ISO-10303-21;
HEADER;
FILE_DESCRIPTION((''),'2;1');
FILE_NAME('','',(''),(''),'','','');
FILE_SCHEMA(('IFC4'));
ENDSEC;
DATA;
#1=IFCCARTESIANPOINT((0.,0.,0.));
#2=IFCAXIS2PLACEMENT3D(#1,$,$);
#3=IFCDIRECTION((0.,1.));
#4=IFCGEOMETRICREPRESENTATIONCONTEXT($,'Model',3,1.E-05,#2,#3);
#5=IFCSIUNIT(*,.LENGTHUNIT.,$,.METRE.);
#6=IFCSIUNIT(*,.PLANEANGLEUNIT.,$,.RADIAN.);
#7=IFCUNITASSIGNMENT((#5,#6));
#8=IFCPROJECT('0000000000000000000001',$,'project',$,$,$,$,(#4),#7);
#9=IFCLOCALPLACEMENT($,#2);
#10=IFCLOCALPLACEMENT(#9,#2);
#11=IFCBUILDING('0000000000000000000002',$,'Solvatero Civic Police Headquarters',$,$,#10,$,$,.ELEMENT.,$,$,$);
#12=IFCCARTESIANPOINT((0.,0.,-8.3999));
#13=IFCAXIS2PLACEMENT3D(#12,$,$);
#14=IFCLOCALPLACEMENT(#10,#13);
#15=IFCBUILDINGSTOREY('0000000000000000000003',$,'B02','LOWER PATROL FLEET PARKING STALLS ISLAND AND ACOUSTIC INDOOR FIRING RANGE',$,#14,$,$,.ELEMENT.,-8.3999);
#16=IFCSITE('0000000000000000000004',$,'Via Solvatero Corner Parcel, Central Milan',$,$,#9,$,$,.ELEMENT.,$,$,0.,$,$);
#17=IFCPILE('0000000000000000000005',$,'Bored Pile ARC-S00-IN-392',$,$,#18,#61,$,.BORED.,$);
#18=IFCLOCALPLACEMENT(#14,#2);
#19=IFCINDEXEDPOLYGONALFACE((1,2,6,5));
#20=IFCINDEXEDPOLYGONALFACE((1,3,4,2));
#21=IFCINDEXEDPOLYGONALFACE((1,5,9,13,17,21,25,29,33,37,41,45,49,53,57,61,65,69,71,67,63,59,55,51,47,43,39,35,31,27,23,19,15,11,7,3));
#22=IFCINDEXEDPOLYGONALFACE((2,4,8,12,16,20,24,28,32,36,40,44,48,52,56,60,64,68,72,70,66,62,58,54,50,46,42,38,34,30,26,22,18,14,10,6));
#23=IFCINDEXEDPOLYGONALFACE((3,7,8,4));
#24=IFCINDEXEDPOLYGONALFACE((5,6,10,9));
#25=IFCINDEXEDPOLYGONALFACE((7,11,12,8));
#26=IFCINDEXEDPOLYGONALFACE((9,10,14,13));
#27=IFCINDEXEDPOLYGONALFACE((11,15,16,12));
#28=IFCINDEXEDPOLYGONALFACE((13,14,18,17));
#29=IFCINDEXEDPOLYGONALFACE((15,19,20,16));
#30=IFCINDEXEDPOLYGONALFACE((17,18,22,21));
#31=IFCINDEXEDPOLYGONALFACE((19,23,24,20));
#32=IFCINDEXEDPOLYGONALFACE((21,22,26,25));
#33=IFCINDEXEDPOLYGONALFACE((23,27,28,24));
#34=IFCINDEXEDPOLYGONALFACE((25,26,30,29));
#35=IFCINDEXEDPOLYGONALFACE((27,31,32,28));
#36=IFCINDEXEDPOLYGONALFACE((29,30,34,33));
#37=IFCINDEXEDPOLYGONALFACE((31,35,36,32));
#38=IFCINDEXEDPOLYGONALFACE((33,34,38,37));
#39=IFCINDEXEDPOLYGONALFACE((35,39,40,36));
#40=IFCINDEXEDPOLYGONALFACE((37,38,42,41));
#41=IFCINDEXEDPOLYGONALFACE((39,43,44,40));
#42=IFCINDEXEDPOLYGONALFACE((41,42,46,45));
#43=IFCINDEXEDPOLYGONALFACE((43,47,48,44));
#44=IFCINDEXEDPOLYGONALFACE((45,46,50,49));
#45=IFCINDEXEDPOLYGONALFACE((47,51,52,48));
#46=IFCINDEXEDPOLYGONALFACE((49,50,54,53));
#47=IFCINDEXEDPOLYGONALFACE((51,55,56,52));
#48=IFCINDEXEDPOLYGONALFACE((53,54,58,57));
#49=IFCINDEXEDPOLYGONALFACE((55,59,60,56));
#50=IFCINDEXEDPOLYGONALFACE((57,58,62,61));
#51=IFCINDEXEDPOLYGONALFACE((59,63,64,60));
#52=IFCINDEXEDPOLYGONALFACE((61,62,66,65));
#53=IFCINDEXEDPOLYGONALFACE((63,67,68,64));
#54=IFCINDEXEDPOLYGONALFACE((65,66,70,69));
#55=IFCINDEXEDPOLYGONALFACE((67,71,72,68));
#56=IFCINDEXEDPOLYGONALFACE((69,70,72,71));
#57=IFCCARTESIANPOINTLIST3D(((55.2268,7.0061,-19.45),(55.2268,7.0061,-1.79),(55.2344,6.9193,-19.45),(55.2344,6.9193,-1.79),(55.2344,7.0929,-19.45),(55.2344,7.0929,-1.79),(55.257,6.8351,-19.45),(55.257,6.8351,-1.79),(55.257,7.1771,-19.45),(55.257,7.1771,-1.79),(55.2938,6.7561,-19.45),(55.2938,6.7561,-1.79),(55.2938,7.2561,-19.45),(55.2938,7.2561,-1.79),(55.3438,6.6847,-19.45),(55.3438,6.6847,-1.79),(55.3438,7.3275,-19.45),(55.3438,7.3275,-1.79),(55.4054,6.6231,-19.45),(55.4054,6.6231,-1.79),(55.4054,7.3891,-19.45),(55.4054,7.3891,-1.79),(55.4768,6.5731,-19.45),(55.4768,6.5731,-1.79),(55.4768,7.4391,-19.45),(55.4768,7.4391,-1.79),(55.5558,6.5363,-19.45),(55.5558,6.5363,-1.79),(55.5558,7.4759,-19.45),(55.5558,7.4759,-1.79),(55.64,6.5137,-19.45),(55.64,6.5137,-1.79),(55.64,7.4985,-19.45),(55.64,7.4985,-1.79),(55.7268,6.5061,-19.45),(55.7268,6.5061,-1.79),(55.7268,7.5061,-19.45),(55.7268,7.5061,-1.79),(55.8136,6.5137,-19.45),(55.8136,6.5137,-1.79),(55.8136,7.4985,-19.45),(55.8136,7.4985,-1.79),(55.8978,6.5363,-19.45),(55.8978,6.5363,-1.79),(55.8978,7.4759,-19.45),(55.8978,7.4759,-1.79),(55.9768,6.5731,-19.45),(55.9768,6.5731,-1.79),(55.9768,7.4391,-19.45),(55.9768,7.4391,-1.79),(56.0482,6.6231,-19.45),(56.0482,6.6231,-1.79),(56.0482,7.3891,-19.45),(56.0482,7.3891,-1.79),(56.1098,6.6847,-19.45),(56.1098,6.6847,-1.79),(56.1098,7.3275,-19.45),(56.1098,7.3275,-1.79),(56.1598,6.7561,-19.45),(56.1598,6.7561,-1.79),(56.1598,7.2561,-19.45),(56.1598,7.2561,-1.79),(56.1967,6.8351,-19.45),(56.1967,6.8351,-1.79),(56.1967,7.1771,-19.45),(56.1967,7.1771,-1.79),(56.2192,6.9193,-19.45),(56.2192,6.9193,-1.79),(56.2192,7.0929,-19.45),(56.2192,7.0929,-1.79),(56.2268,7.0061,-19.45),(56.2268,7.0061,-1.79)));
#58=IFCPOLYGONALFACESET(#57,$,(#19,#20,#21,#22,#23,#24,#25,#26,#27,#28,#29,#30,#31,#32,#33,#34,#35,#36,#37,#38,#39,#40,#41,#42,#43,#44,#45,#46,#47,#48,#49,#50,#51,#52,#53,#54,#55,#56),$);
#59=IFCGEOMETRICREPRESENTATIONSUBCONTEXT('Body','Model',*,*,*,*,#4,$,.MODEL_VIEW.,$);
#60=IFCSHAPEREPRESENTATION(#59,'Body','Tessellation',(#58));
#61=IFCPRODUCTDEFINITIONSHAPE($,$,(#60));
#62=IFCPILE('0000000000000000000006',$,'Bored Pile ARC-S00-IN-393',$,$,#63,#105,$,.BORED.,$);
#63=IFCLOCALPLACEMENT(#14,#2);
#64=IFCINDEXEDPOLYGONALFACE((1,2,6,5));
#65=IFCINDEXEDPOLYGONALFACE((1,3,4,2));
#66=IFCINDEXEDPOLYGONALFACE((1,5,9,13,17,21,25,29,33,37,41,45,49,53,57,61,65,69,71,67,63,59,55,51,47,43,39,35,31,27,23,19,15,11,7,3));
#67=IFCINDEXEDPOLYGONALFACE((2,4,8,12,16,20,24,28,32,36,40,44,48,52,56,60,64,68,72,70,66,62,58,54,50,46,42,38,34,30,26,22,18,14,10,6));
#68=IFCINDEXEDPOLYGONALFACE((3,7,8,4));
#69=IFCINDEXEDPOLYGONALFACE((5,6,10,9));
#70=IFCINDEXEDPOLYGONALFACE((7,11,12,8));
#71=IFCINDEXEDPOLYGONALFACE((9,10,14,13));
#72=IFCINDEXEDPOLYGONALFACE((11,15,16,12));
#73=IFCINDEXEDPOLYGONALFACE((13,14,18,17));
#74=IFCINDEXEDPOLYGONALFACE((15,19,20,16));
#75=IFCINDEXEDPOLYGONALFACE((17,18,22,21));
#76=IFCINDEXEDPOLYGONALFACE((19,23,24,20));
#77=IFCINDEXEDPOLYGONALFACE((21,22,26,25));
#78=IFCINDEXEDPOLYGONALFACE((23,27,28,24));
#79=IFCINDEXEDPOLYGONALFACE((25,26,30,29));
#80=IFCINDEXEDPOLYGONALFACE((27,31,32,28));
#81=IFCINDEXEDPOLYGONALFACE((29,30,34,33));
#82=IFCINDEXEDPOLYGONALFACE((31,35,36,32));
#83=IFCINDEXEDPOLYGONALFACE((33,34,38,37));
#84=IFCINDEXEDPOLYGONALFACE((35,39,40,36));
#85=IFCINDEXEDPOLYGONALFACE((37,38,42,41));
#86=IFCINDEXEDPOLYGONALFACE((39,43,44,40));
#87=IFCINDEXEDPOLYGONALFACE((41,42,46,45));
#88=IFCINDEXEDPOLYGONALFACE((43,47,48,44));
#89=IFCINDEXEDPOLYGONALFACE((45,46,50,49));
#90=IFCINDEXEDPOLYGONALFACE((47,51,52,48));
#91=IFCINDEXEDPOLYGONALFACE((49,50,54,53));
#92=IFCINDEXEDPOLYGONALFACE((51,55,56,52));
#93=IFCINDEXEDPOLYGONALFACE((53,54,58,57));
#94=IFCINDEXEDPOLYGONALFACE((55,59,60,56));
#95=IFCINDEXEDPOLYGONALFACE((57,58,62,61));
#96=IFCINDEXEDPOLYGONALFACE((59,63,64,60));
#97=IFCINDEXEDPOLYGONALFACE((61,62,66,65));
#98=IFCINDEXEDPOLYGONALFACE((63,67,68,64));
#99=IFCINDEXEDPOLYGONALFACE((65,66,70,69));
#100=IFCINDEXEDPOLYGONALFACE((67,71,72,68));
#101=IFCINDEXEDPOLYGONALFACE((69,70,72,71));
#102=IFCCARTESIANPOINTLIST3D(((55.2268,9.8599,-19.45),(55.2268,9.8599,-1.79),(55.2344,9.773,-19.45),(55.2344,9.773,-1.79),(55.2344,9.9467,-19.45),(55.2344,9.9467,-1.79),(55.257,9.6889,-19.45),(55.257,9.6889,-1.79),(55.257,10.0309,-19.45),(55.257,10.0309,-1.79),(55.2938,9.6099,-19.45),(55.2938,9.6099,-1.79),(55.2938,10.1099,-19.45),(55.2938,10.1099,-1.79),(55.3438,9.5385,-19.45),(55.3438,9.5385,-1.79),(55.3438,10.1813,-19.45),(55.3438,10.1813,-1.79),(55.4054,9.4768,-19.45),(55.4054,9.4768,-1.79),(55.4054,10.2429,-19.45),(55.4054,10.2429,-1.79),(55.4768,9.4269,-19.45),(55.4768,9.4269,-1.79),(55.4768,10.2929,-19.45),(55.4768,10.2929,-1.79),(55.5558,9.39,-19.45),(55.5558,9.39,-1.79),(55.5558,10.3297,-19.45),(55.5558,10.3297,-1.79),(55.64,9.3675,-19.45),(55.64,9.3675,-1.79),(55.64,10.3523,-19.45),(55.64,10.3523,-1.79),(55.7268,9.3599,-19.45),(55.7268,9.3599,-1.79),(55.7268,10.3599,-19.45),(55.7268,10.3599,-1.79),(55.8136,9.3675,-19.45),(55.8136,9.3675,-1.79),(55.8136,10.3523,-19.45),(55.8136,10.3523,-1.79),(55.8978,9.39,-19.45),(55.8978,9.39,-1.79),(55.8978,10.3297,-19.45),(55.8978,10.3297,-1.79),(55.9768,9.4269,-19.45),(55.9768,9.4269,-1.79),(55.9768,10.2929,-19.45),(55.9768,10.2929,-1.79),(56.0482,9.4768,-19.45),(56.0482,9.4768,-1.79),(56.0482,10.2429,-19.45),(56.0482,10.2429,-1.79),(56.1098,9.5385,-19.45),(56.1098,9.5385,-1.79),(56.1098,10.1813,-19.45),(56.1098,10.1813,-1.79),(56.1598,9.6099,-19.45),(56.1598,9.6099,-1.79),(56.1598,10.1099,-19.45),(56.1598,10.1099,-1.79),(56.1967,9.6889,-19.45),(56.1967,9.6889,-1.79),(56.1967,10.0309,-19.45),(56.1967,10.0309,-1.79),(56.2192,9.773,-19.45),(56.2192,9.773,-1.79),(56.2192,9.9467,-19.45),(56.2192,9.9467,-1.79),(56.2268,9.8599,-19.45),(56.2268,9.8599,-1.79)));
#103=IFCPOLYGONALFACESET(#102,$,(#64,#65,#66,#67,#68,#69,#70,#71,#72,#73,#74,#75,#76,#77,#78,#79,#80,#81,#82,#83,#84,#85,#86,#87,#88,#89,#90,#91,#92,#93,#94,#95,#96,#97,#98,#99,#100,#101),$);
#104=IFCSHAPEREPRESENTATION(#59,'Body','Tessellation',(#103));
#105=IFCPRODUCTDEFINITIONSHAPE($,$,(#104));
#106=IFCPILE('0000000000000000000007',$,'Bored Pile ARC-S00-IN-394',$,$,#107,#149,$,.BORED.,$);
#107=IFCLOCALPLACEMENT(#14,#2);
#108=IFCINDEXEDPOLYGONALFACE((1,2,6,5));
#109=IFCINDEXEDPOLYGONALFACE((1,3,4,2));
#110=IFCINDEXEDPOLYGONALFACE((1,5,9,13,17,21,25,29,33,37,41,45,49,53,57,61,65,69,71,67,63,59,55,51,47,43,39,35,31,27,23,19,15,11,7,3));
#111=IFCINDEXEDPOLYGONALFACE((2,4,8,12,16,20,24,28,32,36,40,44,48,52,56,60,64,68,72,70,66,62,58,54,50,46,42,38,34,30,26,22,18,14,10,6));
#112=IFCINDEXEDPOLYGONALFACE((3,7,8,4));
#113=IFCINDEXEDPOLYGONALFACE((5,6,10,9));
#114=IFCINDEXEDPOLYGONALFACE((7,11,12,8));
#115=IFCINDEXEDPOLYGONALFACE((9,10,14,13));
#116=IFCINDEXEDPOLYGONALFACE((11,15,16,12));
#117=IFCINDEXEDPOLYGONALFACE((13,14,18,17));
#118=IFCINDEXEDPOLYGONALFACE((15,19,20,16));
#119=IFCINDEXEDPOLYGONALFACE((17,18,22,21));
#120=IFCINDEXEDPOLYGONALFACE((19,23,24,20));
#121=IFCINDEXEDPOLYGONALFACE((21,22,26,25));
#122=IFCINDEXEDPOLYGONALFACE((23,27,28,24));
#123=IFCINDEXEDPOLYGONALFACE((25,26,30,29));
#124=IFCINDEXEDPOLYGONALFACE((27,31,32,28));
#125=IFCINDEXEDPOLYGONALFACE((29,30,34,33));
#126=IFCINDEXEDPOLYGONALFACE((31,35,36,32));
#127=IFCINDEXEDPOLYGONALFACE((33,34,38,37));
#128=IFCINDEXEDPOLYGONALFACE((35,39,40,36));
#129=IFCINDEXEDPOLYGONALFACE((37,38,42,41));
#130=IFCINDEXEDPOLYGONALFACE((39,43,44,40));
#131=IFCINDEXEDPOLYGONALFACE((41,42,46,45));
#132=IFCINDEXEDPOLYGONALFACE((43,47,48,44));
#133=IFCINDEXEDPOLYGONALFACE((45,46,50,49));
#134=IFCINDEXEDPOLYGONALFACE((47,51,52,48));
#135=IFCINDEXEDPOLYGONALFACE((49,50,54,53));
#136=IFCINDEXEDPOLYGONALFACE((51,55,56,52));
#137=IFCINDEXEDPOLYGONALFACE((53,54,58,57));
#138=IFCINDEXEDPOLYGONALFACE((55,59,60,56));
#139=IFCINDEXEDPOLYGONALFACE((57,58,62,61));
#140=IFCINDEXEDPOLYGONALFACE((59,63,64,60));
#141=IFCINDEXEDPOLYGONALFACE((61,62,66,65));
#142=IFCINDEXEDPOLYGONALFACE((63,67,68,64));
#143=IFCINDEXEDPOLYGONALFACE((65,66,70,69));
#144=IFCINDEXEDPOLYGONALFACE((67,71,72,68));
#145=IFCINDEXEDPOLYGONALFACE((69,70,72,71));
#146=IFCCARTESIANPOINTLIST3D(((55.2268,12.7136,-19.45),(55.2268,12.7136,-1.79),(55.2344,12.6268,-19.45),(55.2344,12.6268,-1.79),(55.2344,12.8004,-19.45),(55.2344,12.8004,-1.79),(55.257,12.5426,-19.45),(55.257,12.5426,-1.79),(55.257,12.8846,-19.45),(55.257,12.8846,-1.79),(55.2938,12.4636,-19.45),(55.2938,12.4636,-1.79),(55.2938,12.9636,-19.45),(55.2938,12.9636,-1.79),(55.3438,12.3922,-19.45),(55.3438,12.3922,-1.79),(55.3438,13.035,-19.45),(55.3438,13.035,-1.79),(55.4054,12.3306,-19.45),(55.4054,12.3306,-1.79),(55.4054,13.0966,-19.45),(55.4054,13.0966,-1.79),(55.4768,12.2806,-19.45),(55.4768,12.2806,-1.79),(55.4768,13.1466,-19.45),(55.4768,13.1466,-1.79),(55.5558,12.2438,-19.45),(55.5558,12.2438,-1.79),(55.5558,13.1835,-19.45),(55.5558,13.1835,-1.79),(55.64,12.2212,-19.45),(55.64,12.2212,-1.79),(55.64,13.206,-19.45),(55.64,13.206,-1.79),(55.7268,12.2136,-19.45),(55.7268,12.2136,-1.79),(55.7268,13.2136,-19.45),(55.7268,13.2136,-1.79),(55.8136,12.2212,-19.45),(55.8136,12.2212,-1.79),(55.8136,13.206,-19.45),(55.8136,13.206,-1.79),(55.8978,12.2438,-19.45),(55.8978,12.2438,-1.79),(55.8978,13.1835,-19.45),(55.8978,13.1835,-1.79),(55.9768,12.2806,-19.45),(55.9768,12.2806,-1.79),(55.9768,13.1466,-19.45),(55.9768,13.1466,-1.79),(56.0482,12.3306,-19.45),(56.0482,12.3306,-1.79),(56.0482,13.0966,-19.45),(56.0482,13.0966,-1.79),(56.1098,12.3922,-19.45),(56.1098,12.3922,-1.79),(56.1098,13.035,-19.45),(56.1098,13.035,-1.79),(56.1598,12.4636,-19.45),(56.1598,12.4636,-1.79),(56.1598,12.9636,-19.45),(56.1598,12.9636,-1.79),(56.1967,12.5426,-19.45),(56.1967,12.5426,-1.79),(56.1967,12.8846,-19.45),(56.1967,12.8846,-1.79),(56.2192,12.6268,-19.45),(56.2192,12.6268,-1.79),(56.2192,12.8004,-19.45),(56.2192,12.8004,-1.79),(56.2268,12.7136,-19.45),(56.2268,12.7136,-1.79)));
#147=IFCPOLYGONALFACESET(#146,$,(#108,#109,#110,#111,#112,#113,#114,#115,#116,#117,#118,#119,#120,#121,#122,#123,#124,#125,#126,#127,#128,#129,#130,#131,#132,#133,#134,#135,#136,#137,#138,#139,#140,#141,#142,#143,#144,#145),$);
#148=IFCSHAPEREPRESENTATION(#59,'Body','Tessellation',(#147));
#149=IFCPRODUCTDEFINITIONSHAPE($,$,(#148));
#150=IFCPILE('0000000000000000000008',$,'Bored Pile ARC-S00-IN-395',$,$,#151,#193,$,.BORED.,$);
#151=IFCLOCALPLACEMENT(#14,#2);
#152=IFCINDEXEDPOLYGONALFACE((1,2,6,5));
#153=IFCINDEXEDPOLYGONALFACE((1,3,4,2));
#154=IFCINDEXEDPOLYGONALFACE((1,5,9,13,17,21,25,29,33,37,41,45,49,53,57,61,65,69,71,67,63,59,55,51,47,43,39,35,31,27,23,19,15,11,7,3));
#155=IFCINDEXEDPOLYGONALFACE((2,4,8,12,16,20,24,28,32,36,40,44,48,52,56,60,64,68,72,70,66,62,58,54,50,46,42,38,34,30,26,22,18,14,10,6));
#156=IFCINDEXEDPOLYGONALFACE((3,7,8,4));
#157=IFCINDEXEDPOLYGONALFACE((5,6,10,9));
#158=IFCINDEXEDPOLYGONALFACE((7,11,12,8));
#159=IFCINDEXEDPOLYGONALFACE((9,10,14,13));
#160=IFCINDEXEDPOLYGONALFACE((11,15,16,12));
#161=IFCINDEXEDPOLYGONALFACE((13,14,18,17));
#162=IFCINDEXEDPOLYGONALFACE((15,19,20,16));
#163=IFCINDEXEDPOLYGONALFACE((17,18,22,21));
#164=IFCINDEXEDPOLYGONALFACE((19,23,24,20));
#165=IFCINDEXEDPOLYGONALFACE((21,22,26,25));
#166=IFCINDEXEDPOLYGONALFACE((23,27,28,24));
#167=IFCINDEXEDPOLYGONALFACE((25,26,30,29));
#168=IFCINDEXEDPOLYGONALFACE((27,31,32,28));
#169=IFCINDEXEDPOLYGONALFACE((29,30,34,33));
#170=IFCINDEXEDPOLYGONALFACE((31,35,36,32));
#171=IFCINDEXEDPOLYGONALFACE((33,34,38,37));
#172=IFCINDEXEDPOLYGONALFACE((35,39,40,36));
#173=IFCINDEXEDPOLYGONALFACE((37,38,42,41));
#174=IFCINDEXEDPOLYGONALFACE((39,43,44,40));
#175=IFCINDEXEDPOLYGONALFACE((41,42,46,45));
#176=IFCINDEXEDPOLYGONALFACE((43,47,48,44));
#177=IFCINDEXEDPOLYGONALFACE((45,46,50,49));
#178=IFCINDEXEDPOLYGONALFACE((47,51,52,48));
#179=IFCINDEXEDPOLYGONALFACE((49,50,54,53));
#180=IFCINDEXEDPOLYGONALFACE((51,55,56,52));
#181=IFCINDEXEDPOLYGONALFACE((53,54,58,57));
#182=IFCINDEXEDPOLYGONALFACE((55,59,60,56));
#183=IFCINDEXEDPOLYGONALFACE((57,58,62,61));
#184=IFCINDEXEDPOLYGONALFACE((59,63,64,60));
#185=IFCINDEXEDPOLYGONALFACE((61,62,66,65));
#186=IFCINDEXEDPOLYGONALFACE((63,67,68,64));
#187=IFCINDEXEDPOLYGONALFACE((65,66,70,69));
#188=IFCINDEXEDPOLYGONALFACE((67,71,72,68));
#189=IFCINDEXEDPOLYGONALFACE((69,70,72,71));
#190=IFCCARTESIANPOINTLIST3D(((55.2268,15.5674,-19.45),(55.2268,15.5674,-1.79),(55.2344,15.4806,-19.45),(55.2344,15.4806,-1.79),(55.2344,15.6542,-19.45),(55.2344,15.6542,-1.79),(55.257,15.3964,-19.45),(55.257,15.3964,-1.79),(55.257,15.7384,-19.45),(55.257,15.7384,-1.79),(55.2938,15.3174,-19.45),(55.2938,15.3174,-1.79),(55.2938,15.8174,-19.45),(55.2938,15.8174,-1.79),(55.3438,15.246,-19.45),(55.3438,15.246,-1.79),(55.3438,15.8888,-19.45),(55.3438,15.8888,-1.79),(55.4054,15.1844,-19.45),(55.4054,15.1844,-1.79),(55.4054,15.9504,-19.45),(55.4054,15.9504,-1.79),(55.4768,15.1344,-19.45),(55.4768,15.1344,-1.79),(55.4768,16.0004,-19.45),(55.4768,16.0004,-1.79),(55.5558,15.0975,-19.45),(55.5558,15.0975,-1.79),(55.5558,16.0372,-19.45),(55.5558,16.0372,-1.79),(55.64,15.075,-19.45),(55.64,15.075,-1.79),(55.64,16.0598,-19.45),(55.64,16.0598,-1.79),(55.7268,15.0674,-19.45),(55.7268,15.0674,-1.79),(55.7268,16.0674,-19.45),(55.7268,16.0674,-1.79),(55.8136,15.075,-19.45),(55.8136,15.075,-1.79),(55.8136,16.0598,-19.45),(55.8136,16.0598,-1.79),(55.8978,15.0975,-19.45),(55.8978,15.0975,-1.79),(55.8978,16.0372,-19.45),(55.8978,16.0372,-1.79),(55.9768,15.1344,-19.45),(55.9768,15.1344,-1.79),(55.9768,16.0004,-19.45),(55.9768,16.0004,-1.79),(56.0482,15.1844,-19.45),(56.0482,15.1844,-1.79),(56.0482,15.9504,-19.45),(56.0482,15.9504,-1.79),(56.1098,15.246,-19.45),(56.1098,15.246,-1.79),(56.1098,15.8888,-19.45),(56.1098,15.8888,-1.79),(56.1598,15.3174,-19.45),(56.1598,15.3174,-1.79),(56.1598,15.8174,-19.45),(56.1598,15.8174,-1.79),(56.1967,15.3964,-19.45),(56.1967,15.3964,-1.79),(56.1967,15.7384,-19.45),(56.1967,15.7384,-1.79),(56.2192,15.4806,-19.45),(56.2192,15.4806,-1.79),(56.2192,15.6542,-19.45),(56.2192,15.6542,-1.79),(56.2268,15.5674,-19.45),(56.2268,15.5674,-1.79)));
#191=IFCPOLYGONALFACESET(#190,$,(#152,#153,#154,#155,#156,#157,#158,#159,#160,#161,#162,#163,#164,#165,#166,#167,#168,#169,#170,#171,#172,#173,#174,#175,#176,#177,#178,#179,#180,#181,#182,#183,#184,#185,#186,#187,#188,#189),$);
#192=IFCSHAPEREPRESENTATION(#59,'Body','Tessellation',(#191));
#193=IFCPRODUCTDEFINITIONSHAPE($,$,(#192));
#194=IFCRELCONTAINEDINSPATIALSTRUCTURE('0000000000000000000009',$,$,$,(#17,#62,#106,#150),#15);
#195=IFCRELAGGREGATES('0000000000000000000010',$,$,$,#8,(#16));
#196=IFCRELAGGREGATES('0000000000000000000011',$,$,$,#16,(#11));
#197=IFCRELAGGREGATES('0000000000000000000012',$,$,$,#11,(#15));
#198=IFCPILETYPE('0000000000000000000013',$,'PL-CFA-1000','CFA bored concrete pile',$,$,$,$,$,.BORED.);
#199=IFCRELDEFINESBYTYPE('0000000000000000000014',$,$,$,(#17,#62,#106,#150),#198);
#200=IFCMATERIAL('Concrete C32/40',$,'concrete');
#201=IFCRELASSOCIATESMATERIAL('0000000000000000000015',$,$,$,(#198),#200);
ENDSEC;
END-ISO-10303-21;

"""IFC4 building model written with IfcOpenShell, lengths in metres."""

from ifc_helpers import new_model, si_unit, direction, frame, origin, origin_2d, place, context, subcontext, project, spatial, circle, extrude, material, material_profile, profile_set, type_object, element, save


model = new_model("IFC4")

# Units and contexts
model_context = context("Model", 3, precision=1e-05, world=origin(), true_north=direction((0.0, 1.0)))
body_context = subcontext(model_context, "Body", "Model", "MODEL_VIEW")
ifc_project = project(units=[si_unit("LENGTHUNIT", "METRE"), si_unit("PLANEANGLEUNIT", "RADIAN")], contexts=[model_context])

# Site, building, storey
site_placement = place(None, origin())
site = spatial("IfcSite", under=ifc_project, at=site_placement, Name="Via Solvatero Corner Parcel, Central Milan", CompositionType="ELEMENT", RefElevation=0.0)
building_placement = place(site_placement, origin())
building = spatial("IfcBuilding", under=site, at=building_placement, Name="Solvatero Civic Police Headquarters", CompositionType="ELEMENT")
storey_placement = place(building_placement, frame((0.0, 0.0, -8.3999)))
storey = spatial("IfcBuildingStorey", under=building, at=storey_placement, Name="B02", Description="LOWER PATROL FLEET PARKING STALLS ISLAND AND ACOUSTIC INDOOR FIRING RANGE", CompositionType="ELEMENT", Elevation=-8.3999)

# Piles
ifc_material_1 = material(Name="Concrete C32/40", Category="concrete")
ifc_material_profile_1 = material_profile(ifc_material_1, circle(Radius=0.5, at=origin_2d()), Name="CFA PILE D1000")
ifc_profile_set_1 = profile_set([ifc_material_profile_1], Name="Concrete C32/40")
pile_type = type_object("IfcPileType", Name="PL-CFA-1000", Description="CFA bored concrete pile", PredefinedType="BORED", material=ifc_profile_set_1)
for number, where, z_axis, x_axis, name in (
    (1, (55.7268, 7.0061, -1.79), (0.0, 0.0, -1.0), (1.0, 0.0, 0.0), "Bored Pile ARC-S00-IN-392"),
    (2, (55.7268, 9.8599, -1.79), (0.0, 0.0, -1.0), (1.0, 0.0, 0.0), "Bored Pile ARC-S00-IN-393"),
    (3, (55.7268, 12.7136, -1.79), (0.0, 0.0, -1.0), (1.0, 0.0, 0.0), "Bored Pile ARC-S00-IN-394"),
    (4, (55.7268, 15.5674, -1.79), (0.0, 0.0, -1.0), (1.0, 0.0, 0.0), "Bored Pile ARC-S00-IN-395"),
):
    element("IfcPile", number, at=place(storey_placement, frame(where, z_axis=z_axis, x_axis=x_axis)), inside=storey, type_object=pile_type, Name=name, PredefinedType="BORED", context=body_context, shape_type="SweptSolid", body=[
        extrude(circle(Radius=0.5, at=origin_2d()), origin(), (0.0, 0.0, 1.0), 17.6599),
    ])

save(model, "model.ifc")
